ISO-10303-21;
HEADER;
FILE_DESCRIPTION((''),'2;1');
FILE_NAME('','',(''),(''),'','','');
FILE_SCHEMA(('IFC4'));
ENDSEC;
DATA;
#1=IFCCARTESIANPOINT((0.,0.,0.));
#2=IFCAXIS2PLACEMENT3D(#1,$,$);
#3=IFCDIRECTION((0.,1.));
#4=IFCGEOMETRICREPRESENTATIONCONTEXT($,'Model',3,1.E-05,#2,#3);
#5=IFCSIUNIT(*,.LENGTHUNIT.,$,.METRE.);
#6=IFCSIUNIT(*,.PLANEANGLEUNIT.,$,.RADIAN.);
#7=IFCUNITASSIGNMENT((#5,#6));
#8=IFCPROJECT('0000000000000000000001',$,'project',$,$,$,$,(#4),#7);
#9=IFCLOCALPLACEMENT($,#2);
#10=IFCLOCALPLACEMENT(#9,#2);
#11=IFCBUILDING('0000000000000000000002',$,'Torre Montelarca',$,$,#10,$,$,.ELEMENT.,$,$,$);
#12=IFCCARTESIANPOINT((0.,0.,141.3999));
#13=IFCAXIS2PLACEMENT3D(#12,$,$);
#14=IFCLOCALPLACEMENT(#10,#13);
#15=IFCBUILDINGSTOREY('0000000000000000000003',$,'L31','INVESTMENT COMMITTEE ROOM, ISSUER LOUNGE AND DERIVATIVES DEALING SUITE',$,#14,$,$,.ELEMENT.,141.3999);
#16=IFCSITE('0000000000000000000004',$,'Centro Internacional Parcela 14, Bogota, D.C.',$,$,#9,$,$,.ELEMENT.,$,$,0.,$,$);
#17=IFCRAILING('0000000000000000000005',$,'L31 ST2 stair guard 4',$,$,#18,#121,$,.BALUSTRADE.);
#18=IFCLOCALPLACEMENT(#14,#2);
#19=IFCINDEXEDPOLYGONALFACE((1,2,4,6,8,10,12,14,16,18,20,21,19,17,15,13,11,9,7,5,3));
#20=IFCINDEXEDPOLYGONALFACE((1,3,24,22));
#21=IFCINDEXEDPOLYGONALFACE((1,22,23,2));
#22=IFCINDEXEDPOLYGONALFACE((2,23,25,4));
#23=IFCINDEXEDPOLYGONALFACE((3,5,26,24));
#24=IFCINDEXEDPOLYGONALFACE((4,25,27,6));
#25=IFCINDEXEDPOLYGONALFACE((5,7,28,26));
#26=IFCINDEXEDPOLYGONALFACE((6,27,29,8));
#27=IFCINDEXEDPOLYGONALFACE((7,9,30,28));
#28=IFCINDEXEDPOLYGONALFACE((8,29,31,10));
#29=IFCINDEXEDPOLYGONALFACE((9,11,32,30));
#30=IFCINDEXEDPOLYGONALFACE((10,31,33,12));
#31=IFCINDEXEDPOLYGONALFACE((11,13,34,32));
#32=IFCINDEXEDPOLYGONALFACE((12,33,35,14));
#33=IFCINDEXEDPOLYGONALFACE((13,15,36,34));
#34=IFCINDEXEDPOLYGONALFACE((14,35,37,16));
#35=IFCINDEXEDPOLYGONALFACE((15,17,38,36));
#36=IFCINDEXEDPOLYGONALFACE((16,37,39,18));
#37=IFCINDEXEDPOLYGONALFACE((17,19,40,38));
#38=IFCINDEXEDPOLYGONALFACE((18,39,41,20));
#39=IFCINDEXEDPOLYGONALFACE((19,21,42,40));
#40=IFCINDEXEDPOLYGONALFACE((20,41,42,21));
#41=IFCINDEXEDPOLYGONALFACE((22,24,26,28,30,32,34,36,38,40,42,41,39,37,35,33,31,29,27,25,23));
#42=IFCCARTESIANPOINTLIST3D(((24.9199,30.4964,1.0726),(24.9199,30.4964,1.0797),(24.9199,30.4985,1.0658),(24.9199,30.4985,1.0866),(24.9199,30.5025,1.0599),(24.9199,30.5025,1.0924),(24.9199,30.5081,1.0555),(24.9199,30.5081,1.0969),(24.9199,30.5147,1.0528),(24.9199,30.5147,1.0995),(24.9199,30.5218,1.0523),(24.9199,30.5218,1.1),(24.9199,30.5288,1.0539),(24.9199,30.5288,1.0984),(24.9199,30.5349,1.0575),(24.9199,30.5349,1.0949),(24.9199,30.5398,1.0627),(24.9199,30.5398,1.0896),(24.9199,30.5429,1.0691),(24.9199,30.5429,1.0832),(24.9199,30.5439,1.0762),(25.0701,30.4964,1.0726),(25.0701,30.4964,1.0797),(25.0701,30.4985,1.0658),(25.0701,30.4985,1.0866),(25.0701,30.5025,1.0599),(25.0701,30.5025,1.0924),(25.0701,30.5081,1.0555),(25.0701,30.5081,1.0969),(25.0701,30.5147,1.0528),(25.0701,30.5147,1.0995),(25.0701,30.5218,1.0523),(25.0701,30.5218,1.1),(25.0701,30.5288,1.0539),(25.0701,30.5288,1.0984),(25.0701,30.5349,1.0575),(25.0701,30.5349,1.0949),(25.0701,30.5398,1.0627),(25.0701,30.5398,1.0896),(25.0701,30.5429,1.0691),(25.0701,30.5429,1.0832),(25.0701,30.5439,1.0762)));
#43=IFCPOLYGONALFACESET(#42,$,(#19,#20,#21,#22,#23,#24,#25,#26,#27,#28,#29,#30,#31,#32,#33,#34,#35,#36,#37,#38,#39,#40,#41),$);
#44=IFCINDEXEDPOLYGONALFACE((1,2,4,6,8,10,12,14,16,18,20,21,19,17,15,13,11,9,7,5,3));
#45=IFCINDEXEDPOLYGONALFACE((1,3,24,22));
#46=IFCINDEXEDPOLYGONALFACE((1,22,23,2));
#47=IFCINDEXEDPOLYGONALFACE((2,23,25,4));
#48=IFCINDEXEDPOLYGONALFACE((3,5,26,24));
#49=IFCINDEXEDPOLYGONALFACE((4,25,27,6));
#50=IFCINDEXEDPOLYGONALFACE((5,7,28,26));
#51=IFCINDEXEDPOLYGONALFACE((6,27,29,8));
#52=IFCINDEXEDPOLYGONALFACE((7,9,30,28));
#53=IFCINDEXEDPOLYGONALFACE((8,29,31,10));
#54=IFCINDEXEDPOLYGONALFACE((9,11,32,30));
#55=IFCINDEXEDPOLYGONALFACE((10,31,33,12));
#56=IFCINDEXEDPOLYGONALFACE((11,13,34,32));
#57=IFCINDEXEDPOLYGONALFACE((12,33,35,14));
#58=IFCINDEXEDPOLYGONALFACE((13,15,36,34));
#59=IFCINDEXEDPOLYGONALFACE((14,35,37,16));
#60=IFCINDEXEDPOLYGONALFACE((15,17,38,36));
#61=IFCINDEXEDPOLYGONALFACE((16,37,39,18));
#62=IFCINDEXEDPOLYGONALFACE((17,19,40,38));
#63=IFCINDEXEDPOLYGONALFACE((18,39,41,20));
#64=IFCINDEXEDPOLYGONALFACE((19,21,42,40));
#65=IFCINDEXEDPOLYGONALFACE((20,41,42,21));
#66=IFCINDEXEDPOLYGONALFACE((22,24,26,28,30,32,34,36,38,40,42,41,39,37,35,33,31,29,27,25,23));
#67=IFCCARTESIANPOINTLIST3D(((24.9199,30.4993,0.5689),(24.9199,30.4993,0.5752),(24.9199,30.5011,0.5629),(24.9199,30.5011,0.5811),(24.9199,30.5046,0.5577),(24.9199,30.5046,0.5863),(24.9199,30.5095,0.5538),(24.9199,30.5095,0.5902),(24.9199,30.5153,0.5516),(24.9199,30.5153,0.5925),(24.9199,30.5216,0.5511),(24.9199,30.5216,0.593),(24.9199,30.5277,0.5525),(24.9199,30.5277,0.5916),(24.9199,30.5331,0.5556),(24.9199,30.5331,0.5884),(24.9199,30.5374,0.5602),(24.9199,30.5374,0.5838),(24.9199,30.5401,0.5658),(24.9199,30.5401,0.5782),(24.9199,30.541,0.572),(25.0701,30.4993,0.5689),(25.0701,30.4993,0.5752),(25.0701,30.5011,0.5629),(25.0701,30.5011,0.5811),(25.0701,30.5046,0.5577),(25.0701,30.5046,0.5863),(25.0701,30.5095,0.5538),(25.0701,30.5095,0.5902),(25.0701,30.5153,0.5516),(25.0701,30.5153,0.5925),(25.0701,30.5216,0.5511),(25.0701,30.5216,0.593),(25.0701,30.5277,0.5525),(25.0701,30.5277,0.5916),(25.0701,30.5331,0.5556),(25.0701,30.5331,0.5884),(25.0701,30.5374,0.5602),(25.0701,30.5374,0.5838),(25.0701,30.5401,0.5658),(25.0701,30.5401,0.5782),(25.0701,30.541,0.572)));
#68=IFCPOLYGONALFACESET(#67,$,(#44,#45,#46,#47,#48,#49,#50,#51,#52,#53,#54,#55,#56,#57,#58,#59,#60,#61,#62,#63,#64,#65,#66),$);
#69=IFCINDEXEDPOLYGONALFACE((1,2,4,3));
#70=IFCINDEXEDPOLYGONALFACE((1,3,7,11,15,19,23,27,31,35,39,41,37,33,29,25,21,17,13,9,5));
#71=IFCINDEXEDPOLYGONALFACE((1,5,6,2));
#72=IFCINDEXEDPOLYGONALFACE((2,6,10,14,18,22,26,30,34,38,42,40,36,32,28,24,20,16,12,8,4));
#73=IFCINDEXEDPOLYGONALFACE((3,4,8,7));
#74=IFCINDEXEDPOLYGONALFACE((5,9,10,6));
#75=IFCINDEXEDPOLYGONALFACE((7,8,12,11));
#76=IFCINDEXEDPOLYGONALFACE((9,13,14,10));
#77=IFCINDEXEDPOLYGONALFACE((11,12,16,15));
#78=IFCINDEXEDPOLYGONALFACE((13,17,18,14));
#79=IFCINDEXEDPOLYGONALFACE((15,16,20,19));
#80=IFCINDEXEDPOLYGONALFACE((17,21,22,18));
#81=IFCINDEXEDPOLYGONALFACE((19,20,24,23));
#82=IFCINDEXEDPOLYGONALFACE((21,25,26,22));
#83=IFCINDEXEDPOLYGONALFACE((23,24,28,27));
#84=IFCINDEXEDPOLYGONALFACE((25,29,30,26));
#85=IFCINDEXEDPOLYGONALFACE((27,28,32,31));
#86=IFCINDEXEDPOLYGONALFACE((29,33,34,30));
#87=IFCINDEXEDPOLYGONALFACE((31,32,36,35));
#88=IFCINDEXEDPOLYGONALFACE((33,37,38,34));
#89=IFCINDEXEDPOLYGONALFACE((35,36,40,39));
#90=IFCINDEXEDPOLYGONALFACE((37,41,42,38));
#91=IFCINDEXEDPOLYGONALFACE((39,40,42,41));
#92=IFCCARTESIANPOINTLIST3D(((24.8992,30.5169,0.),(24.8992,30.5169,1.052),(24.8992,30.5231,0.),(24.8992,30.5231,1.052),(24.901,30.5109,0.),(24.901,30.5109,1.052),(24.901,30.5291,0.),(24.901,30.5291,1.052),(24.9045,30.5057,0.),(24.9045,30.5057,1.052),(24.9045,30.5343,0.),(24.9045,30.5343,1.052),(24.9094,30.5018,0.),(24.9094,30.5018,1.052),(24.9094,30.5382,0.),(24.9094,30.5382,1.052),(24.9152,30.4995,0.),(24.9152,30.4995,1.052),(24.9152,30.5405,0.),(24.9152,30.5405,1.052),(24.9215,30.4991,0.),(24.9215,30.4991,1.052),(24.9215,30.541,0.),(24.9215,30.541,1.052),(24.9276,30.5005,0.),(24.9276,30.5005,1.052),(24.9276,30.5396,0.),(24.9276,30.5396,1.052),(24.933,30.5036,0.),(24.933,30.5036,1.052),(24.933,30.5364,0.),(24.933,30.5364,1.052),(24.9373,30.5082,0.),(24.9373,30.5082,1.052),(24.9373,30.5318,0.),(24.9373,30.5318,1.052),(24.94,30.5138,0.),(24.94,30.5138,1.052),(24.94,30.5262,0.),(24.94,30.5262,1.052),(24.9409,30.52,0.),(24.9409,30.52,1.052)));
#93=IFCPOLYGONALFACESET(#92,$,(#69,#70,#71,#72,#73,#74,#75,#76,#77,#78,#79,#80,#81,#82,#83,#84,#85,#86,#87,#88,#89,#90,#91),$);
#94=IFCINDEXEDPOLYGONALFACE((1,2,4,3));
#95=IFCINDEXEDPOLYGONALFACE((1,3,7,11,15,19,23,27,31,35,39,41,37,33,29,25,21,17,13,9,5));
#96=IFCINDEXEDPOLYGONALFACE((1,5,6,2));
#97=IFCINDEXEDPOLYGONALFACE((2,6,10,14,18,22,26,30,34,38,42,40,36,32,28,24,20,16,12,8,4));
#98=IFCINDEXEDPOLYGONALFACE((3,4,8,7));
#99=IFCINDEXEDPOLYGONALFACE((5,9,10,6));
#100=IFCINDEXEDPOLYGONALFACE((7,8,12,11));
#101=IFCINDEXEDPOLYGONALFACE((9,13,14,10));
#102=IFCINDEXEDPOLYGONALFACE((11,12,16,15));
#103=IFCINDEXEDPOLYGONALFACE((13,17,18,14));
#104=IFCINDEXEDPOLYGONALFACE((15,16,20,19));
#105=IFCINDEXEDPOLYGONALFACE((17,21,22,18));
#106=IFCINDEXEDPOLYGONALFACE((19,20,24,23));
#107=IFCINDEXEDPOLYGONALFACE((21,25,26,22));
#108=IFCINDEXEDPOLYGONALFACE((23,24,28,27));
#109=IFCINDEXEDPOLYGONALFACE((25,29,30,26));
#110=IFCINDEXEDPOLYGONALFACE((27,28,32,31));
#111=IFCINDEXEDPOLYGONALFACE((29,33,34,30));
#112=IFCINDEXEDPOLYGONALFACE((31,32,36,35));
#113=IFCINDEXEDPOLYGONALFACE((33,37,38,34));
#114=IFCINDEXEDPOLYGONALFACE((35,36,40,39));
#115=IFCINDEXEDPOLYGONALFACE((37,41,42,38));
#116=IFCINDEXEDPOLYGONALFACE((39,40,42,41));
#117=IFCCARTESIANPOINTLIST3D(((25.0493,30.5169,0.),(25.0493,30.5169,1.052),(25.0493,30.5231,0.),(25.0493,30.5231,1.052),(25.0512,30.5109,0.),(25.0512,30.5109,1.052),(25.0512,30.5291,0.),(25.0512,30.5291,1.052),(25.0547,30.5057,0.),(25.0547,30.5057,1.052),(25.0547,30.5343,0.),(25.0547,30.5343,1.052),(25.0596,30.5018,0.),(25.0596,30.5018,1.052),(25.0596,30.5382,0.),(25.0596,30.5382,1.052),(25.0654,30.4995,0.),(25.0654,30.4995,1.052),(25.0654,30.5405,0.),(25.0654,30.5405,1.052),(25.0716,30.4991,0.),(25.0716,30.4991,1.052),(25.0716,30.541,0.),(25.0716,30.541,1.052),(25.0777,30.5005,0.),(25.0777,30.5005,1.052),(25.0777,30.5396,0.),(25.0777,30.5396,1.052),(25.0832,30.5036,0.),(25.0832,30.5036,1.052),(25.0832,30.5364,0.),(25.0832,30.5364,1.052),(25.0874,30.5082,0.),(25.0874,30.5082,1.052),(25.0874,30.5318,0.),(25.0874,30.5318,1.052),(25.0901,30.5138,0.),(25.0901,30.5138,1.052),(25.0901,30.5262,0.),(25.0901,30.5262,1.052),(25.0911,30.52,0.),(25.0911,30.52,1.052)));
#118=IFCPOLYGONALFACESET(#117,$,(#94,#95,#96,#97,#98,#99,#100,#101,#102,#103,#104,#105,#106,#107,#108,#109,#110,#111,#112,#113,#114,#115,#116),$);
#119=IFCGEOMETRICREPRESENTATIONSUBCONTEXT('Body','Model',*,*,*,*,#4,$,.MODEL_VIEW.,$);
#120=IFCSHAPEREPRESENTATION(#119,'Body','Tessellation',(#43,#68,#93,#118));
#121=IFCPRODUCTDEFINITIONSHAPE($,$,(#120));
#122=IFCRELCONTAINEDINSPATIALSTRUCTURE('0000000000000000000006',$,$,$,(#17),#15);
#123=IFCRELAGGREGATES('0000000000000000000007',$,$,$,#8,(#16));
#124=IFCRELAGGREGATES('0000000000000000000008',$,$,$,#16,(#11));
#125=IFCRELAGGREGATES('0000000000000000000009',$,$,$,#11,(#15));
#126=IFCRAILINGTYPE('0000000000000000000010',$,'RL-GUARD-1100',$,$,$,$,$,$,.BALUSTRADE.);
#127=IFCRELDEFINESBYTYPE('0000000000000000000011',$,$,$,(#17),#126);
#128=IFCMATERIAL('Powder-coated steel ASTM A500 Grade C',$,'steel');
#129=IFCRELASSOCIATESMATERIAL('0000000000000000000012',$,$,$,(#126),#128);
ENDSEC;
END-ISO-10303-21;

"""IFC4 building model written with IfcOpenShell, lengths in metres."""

from ifc_helpers import new_model, si_unit, direction, frame, origin, origin_2d, place, context, subcontext, project, spatial, circle, extrude, material, type_object, element, save


model = new_model("IFC4")

# Units and contexts
model_context = context("Model", 3, precision=1e-05, world=origin(), true_north=direction((0.0, 1.0)))
body_context = subcontext(model_context, "Body", "Model", "MODEL_VIEW")
ifc_project = project(units=[si_unit("LENGTHUNIT", "METRE"), si_unit("PLANEANGLEUNIT", "RADIAN")], contexts=[model_context])

# Site, building, storey
site_placement = place(None, origin())
site = spatial("IfcSite", under=ifc_project, at=site_placement, Name="Centro Internacional Parcela 14, Bogota, D.C.", CompositionType="ELEMENT", RefElevation=0.0)
building_placement = place(site_placement, origin())
building = spatial("IfcBuilding", under=site, at=building_placement, Name="Torre Montelarca", CompositionType="ELEMENT")
storey_placement = place(building_placement, frame((0.0, 0.0, 141.3999)))
storey = spatial("IfcBuildingStorey", under=building, at=storey_placement, Name="L31", Description="INVESTMENT COMMITTEE ROOM, ISSUER LOUNGE AND DERIVATIVES DEALING SUITE", CompositionType="ELEMENT", Elevation=141.3999)

# Railing
ifc_material_1 = material(Name="Powder-coated steel ASTM A500 Grade C", Category="steel")
railing_type_1 = type_object("IfcRailingType", Name="RL-GUARD-1100", PredefinedType="BALUSTRADE", material=ifc_material_1)
railing_1_placement = place(storey_placement, frame((24.9199, 30.52, 0.0)))
element("IfcRailing", 1, at=railing_1_placement, inside=storey, type_object=railing_type_1, Name="L31 ST2 stair guard 4", PredefinedType="BALUSTRADE", context=body_context, shape_type="SweptSolid", body=[
    extrude(circle(Radius=0.0239, at=origin_2d()), frame((0.0, 0.0, 1.0762), z_axis=(1.0, 0.0, 0.0), x_axis=(0.0, 1.0, 0.0)), (0.0, 0.0, 1.0), 0.1501),
    extrude(circle(Radius=0.021, at=origin_2d()), frame((0.0, 0.0, 0.572), z_axis=(1.0, 0.0, 0.0), x_axis=(0.0, 1.0, 0.0)), (0.0, 0.0, 1.0), 0.1501),
    extrude(circle(Radius=0.021, at=origin_2d()), origin(), (0.0, 0.0, 1.0), 1.052),
    extrude(circle(Radius=0.021, at=origin_2d()), frame((0.1501, 0.0, 0.0)), (0.0, 0.0, 1.0), 1.052),
])

save(model, "model.ifc")
